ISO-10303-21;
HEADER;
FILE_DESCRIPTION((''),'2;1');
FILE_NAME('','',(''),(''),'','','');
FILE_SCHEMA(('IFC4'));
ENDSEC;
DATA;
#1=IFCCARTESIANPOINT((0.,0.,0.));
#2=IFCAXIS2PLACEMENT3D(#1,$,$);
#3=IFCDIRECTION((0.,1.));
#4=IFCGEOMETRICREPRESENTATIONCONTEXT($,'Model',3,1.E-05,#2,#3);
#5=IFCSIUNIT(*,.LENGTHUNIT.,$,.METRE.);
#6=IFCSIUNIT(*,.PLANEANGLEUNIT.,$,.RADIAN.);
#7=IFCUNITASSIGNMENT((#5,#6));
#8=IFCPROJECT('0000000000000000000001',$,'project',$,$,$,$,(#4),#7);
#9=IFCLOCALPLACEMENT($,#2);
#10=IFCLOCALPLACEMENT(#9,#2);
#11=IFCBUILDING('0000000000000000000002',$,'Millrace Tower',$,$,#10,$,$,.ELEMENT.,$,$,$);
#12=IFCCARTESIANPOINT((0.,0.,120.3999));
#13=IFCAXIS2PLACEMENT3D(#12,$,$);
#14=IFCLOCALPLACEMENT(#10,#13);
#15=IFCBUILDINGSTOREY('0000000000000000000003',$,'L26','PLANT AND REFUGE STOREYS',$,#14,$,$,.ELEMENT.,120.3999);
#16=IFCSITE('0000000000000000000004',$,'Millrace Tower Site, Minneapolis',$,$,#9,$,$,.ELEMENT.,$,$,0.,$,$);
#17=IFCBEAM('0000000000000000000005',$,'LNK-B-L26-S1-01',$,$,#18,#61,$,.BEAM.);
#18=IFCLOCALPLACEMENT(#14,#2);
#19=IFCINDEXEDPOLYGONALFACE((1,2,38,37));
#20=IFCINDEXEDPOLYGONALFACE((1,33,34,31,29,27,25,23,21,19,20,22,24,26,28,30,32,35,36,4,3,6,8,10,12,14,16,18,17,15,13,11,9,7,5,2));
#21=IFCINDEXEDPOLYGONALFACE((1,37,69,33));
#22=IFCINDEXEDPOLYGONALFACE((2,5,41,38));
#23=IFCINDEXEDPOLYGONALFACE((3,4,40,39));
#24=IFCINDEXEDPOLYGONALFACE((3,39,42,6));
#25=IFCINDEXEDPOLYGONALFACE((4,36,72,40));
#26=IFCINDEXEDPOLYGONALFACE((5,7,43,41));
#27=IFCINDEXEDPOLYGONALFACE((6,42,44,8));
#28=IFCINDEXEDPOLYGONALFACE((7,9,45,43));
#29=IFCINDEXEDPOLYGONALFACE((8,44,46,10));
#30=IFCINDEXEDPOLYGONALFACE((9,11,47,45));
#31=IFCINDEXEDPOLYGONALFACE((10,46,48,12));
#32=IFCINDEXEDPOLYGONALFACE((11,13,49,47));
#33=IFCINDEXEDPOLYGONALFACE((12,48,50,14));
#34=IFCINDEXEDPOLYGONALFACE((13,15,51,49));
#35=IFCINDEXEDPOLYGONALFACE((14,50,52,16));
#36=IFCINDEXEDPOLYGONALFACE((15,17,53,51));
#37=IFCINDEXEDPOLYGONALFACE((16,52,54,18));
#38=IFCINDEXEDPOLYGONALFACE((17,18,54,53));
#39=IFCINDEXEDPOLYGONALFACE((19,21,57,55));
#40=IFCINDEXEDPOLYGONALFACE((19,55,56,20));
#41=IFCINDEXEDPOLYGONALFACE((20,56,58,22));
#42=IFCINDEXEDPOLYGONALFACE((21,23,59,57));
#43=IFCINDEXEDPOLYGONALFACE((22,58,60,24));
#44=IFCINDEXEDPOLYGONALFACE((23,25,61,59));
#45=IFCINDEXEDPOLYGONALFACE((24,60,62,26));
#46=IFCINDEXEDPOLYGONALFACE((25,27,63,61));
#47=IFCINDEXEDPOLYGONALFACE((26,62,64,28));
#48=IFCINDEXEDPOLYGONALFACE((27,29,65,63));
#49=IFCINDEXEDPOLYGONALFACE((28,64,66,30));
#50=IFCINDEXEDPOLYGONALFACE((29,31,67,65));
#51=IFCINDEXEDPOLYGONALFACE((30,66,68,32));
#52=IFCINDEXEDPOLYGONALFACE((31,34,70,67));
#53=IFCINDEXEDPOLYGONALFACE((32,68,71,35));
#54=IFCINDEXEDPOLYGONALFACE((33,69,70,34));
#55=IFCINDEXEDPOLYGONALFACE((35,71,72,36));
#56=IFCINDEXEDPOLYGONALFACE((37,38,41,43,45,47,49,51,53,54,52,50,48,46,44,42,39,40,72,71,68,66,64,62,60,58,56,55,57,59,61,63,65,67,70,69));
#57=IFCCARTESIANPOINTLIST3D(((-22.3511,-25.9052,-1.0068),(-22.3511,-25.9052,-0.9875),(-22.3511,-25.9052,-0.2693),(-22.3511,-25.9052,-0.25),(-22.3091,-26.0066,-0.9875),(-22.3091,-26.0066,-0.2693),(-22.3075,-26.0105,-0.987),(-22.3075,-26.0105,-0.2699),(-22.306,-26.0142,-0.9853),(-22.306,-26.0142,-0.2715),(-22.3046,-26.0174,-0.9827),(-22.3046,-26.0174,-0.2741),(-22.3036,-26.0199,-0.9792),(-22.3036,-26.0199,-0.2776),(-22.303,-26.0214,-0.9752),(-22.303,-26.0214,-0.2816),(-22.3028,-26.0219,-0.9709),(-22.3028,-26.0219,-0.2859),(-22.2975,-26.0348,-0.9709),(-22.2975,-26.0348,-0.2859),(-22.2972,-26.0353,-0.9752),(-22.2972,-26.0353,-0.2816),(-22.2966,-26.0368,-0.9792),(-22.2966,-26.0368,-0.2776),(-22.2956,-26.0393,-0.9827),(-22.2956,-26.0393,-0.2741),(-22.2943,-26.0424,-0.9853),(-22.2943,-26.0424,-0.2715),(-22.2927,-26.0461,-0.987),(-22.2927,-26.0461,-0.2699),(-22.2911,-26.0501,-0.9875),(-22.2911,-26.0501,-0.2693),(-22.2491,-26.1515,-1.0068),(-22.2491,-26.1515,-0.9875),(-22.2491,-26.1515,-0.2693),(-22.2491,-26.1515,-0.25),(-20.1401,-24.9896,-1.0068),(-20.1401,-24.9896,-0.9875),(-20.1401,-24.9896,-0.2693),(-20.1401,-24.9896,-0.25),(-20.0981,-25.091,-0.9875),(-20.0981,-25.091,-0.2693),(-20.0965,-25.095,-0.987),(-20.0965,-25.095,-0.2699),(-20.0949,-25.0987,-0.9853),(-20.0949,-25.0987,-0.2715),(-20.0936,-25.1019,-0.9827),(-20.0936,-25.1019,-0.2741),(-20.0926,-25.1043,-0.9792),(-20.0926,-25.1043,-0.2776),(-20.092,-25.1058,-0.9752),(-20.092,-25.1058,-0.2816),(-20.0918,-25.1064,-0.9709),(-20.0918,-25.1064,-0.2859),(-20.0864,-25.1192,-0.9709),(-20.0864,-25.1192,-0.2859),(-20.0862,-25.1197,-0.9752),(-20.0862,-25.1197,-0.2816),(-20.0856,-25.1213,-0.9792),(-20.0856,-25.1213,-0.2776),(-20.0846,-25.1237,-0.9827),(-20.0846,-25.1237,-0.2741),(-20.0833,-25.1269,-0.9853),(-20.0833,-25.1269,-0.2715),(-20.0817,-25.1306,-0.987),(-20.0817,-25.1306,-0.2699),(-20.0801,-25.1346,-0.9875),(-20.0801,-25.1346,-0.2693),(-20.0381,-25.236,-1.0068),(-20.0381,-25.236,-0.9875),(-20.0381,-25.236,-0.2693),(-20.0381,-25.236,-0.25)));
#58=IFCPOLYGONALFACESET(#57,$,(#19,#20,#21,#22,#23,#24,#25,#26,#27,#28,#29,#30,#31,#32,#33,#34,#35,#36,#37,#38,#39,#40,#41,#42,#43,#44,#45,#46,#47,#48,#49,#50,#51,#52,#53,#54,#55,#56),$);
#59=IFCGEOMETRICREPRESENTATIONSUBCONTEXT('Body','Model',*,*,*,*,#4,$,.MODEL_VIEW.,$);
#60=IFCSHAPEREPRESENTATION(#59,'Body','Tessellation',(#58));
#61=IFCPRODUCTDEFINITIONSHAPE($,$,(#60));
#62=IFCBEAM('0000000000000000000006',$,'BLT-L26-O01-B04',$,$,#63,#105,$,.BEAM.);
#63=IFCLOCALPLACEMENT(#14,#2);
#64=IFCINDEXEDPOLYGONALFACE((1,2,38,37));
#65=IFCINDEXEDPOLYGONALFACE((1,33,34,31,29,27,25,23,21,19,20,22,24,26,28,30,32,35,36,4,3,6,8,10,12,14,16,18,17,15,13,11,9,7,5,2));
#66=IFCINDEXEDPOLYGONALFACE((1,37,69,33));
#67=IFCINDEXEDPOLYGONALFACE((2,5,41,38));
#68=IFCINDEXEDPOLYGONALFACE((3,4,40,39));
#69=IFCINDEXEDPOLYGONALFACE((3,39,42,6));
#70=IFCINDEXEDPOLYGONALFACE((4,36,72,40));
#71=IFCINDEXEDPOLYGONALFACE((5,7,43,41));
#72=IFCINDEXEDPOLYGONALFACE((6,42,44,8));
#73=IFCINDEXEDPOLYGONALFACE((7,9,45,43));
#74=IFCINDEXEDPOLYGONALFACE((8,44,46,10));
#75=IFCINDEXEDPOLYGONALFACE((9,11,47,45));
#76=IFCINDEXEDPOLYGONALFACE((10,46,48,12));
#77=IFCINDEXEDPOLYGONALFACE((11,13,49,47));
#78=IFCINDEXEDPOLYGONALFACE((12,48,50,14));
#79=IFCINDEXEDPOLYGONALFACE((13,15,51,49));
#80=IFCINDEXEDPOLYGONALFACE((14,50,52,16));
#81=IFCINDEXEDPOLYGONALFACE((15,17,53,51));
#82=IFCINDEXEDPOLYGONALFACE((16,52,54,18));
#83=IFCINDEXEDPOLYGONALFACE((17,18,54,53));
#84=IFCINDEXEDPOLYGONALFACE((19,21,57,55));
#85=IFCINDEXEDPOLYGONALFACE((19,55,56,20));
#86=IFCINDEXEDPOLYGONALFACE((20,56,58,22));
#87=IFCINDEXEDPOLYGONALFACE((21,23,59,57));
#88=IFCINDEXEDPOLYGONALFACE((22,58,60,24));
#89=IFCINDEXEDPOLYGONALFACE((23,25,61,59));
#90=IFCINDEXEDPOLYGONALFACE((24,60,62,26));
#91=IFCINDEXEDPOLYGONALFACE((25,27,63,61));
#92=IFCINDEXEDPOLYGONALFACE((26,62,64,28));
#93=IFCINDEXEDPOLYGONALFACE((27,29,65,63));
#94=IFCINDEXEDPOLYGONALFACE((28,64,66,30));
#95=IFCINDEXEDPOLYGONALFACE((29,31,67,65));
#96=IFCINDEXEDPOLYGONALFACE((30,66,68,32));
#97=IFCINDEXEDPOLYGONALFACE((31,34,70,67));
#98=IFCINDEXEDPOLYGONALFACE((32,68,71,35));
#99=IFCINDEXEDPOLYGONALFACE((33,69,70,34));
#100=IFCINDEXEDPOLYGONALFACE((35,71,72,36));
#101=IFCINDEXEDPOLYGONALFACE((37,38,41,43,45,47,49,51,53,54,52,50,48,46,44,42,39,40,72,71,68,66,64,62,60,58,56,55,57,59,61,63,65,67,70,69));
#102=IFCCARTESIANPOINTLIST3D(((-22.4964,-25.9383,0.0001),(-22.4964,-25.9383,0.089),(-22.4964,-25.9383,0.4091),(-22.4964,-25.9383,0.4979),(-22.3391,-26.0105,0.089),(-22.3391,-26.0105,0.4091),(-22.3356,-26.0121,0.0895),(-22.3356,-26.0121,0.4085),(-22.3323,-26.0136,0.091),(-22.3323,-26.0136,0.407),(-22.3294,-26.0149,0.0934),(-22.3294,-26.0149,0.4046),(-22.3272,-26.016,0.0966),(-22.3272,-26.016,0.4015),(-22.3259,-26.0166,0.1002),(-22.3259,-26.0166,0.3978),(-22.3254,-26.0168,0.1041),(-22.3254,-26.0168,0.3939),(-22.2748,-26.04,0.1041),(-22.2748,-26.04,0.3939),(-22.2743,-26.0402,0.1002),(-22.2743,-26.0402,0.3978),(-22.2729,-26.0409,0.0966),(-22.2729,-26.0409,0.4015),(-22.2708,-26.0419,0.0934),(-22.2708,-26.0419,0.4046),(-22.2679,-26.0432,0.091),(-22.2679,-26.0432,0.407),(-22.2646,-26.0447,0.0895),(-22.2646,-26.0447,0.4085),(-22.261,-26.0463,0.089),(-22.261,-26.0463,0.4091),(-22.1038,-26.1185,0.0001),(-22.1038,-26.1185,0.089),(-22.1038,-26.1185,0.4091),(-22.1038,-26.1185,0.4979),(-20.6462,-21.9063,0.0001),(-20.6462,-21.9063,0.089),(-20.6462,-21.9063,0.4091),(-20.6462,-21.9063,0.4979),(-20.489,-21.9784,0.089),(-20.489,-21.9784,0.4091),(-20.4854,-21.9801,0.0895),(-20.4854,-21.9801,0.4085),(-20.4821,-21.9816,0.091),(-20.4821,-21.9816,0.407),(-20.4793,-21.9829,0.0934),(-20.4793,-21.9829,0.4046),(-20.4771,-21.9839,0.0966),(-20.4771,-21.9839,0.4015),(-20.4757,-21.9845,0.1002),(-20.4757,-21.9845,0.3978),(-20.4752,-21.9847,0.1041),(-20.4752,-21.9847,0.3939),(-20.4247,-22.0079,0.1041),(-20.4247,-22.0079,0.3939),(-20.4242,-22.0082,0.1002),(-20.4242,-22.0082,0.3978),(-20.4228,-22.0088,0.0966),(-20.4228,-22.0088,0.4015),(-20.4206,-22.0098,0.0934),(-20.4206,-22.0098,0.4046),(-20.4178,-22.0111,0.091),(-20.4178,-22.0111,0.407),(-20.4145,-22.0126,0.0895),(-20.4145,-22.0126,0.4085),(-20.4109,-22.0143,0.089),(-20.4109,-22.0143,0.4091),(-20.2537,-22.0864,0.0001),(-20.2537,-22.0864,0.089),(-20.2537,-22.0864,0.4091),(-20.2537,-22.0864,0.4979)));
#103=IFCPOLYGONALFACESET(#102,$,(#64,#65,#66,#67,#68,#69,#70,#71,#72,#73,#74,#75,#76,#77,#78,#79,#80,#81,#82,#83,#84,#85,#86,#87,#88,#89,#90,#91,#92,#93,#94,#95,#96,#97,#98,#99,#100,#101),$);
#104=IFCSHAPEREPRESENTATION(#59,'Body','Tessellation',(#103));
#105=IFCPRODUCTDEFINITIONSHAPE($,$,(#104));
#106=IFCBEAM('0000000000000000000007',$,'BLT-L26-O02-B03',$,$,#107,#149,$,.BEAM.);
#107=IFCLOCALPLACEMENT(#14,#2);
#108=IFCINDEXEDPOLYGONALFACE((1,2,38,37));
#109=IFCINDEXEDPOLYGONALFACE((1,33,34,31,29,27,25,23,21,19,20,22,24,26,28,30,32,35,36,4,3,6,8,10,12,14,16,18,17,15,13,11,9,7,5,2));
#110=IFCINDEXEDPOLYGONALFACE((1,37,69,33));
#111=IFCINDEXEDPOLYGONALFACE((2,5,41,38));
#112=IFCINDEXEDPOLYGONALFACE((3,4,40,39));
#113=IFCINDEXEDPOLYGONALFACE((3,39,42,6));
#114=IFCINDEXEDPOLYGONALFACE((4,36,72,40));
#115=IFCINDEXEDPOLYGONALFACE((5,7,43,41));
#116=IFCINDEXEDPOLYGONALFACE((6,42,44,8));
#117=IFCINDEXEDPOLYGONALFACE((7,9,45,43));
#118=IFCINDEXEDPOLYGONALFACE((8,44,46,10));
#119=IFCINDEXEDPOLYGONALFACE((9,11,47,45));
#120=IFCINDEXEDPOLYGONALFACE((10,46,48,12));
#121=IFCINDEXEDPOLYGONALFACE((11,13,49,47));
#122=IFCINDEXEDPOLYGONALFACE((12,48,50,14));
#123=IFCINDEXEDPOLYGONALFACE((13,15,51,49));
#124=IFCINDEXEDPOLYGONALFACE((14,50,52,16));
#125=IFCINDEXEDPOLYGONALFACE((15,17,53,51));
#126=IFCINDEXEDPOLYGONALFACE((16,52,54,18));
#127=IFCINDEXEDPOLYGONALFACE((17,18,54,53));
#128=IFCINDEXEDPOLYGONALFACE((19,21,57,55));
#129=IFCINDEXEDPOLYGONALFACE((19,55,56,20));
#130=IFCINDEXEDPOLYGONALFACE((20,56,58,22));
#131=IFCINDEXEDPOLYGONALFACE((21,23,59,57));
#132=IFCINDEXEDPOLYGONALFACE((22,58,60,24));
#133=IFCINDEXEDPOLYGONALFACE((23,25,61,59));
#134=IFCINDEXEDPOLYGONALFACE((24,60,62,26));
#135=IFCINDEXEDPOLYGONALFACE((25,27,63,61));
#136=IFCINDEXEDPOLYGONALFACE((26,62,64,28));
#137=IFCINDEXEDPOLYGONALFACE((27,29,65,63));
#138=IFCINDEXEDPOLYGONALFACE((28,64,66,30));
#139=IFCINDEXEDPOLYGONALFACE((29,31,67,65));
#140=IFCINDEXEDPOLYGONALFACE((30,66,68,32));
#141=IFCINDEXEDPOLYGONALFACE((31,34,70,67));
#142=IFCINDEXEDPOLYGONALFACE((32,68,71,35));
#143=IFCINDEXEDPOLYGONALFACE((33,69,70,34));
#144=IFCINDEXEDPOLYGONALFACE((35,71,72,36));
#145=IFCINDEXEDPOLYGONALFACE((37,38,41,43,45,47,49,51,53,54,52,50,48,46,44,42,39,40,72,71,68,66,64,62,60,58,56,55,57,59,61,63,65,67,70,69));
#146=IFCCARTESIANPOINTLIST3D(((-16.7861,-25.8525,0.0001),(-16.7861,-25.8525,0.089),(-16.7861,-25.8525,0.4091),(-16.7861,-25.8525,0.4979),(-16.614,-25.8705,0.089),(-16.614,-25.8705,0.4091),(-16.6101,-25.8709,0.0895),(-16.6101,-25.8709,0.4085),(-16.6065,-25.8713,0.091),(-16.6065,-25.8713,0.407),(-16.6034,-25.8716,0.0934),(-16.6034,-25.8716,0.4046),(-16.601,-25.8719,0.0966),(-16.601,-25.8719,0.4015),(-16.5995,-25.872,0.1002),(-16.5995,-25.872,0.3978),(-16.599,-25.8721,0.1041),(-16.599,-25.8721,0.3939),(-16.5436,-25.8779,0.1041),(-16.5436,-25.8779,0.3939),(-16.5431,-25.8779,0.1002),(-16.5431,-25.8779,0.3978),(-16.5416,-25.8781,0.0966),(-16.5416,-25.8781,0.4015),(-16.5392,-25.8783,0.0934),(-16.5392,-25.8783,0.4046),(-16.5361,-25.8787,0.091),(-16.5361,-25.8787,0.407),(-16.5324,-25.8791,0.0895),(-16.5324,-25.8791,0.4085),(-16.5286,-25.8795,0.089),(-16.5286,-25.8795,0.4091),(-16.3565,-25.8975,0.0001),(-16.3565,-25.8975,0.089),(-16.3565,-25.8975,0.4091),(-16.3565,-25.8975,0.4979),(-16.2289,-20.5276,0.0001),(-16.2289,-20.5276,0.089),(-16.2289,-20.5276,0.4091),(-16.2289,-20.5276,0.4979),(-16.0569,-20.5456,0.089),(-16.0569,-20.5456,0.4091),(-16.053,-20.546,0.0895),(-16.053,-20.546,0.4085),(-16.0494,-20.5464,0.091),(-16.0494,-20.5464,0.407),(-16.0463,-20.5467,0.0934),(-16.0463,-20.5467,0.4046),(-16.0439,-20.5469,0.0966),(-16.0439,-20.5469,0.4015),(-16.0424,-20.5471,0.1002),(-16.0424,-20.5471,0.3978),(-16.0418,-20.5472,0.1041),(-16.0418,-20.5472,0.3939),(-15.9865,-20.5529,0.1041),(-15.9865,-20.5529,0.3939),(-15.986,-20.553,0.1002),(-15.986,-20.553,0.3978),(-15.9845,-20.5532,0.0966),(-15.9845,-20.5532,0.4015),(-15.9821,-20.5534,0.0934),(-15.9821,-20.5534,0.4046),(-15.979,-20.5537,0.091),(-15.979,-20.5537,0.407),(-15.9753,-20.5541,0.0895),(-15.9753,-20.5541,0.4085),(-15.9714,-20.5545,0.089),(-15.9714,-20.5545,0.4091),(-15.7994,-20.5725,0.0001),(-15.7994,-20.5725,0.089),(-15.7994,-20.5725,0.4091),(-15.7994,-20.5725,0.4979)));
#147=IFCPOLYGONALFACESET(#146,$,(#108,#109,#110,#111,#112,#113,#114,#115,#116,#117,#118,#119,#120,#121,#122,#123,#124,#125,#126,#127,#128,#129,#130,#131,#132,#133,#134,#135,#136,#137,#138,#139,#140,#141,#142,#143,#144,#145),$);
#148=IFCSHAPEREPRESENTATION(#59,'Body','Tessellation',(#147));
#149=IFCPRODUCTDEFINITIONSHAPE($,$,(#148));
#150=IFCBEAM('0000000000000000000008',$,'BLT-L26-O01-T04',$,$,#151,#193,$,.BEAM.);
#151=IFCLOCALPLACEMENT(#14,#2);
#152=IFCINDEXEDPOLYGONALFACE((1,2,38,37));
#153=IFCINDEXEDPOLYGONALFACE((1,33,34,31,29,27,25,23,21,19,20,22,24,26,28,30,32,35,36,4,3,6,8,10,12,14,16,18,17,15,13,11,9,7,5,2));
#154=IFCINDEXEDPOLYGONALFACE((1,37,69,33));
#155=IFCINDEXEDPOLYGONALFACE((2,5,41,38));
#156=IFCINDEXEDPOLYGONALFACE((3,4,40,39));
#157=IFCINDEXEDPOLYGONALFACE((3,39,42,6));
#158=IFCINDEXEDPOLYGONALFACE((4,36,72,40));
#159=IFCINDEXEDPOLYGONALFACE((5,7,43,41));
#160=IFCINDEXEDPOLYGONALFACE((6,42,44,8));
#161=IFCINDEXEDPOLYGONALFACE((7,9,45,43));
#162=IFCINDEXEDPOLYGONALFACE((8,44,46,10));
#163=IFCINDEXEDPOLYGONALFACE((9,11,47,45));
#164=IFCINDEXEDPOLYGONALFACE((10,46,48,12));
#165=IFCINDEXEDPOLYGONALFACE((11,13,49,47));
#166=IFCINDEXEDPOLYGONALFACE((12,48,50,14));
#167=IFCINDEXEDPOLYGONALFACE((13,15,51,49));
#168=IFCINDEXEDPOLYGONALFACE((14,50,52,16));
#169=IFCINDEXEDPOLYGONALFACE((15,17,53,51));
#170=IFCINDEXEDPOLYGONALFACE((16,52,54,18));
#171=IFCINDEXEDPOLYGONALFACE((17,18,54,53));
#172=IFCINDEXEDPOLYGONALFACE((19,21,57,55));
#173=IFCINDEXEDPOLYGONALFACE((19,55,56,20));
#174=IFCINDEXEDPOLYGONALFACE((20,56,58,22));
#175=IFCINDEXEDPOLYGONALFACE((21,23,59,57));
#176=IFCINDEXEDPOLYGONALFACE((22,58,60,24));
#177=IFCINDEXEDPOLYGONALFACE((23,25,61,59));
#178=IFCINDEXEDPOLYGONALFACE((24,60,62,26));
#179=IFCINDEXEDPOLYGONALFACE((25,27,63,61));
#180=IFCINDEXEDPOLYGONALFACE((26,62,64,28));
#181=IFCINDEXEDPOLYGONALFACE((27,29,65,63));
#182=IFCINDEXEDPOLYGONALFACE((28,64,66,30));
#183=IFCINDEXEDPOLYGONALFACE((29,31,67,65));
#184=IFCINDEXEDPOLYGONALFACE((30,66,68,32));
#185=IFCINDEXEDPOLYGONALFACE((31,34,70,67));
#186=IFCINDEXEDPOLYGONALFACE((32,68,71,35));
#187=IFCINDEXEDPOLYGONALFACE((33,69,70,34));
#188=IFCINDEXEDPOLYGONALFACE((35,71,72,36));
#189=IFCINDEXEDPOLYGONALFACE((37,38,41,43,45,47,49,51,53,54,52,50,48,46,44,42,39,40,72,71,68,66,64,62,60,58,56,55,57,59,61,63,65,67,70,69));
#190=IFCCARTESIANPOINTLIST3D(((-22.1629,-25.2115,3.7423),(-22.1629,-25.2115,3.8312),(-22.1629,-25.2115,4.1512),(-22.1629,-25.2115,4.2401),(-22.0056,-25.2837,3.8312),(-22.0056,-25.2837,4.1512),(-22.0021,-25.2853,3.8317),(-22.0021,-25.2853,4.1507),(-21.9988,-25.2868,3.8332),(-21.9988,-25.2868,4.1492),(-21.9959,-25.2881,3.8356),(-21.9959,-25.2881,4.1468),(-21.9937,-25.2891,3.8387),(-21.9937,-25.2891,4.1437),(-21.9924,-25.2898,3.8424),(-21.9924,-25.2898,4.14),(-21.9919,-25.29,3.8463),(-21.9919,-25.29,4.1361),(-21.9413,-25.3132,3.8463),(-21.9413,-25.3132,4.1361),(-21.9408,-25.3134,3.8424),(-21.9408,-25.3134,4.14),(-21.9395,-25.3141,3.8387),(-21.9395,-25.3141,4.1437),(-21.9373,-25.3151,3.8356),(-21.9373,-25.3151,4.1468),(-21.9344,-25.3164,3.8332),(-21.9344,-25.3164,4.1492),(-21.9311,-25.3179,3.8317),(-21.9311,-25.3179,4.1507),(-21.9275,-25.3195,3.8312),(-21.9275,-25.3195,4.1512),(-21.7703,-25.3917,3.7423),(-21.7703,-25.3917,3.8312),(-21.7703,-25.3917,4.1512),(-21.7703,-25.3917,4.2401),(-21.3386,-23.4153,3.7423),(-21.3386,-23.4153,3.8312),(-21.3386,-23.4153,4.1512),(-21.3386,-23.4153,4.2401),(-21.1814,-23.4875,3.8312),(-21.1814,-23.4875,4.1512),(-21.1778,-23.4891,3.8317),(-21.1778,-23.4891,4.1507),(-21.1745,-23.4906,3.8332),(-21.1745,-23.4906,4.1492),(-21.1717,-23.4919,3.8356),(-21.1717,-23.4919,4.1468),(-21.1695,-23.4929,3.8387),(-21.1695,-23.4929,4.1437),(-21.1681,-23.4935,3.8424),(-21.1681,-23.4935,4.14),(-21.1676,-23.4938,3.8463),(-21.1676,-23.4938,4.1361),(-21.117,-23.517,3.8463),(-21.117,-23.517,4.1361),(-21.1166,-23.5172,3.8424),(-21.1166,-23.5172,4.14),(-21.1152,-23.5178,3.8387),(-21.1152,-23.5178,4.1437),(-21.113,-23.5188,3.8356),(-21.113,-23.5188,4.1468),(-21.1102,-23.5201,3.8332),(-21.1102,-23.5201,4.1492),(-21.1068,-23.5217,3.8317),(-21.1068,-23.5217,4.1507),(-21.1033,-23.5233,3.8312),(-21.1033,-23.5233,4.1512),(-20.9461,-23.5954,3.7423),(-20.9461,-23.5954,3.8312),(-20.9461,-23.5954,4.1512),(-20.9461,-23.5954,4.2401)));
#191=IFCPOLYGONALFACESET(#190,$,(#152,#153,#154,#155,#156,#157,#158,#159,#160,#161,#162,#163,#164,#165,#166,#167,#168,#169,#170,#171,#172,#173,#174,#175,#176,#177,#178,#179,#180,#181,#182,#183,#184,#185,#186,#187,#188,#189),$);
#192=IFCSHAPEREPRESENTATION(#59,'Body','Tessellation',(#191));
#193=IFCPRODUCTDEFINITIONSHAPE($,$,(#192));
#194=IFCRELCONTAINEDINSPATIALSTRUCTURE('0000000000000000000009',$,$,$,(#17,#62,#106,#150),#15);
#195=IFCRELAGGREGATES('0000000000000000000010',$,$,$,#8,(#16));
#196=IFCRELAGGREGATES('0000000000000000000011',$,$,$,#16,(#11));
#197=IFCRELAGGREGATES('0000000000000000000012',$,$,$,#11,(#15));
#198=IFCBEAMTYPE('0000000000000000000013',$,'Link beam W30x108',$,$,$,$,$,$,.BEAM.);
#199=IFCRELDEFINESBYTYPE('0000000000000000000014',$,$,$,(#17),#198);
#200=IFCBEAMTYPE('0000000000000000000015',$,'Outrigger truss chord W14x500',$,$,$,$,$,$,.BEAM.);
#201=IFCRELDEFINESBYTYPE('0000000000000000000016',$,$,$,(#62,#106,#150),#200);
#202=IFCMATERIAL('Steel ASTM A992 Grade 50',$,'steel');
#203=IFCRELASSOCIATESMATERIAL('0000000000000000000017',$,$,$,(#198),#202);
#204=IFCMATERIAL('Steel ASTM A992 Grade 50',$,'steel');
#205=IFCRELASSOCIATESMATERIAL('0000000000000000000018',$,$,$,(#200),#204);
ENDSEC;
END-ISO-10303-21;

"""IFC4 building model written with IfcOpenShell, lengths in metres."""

from ifc_helpers import new_model, si_unit, direction, frame, origin, origin_2d, place, context, subcontext, project, spatial, i_section, extrude, material, material_profile, profile_set, type_object, element, save


model = new_model("IFC4")

# Units and contexts
model_context = context("Model", 3, precision=1e-05, world=origin(), true_north=direction((0.0, 1.0)))
body_context = subcontext(model_context, "Body", "Model", "MODEL_VIEW")
ifc_project = project(units=[si_unit("LENGTHUNIT", "METRE"), si_unit("PLANEANGLEUNIT", "RADIAN")], contexts=[model_context])

# Site, building, storey
site_placement = place(None, origin())
site = spatial("IfcSite", under=ifc_project, at=site_placement, Name="Millrace Tower Site, Minneapolis", CompositionType="ELEMENT", RefElevation=0.0)
building_placement = place(site_placement, origin())
building = spatial("IfcBuilding", under=site, at=building_placement, Name="Millrace Tower", CompositionType="ELEMENT")
storey_placement = place(building_placement, frame((0.0, 0.0, 120.3999)))
storey = spatial("IfcBuildingStorey", under=building, at=storey_placement, Name="L26", Description="PLANT AND REFUGE STOREYS", CompositionType="ELEMENT", Elevation=120.3999)

# Beams
ifc_material_1 = material(Name="Steel ASTM A992 Grade 50", Category="steel")
ifc_material_profile_1 = material_profile(ifc_material_1, i_section(OverallWidth=0.2666, OverallDepth=0.7568, WebThickness=0.0139, FlangeThickness=0.0193, FilletRadius=0.0166, at=origin_2d()))
ifc_profile_set_1 = profile_set([ifc_material_profile_1], Name="Steel ASTM A992 Grade 50")
beam_type_1 = type_object("IfcBeamType", Name="Link beam W30x108", PredefinedType="BEAM", material=ifc_profile_set_1)
beam_1_placement = place(storey_placement, frame((-20.0891, -25.1128, -0.6284), z_axis=(-0.92392, -0.382586, 0.0), x_axis=(0.382586, -0.92392, 0.0)))
element("IfcBeam", 1, at=beam_1_placement, inside=storey, type_object=beam_type_1, Name="LNK-B-L26-S1-01", PredefinedType="BEAM", context=body_context, shape_type="SweptSolid", body=[
    extrude(i_section(OverallWidth=0.2666, OverallDepth=0.7568, WebThickness=0.0139, FlangeThickness=0.0193, FilletRadius=0.0166, at=origin_2d()), origin(), (0.0, 0.0, 1.0), 2.3931),
])
ifc_material_2 = material(Name="Steel ASTM A992 Grade 50", Category="steel")
ifc_material_profile_2 = material_profile(ifc_material_2, i_section(OverallWidth=0.4319, OverallDepth=0.4978, WebThickness=0.0557, FlangeThickness=0.0889, FilletRadius=0.0151, at=origin_2d()))
ifc_profile_set_2 = profile_set([ifc_material_profile_2], Name="Steel ASTM A992 Grade 50")
beam_type_2 = type_object("IfcBeamType", Name="Outrigger truss chord W14x500", PredefinedType="BEAM", material=ifc_profile_set_2)
beam_2_placement = place(storey_placement, frame((-20.45, -21.9963, 0.249), z_axis=(-0.417047, -0.908885, 0.0), x_axis=(0.908885, -0.417047, 0.0)))
element("IfcBeam", 2, at=beam_2_placement, inside=storey, type_object=beam_type_2, Name="BLT-L26-O01-B04", PredefinedType="BEAM", context=body_context, shape_type="SweptSolid", body=[
    extrude(i_section(OverallWidth=0.4319, OverallDepth=0.4978, WebThickness=0.0557, FlangeThickness=0.0889, FilletRadius=0.0151, at=origin_2d()), origin(), (0.0, 0.0, 1.0), 4.4363),
])
beam_3_placement = place(storey_placement, frame((-16.0142, -20.55, 0.249), z_axis=(-0.104058, -0.994571, 0.0), x_axis=(0.994571, -0.104058, 0.0)))
element("IfcBeam", 3, at=beam_3_placement, inside=storey, type_object=beam_type_2, Name="BLT-L26-O02-B03", PredefinedType="BEAM", context=body_context, shape_type="SweptSolid", body=[
    extrude(i_section(OverallWidth=0.4319, OverallDepth=0.4978, WebThickness=0.0557, FlangeThickness=0.0889, FilletRadius=0.0151, at=origin_2d()), origin(), (0.0, 0.0, 1.0), 5.354),
])
beam_4_placement = place(storey_placement, frame((-21.1423, -23.5054, 3.9912), z_axis=(-0.417067, -0.908876, 0.0), x_axis=(0.908876, -0.417067, 0.0)))
element("IfcBeam", 4, at=beam_4_placement, inside=storey, type_object=beam_type_2, Name="BLT-L26-O01-T04", PredefinedType="BEAM", context=body_context, shape_type="SweptSolid", body=[
    extrude(i_section(OverallWidth=0.4319, OverallDepth=0.4978, WebThickness=0.0557, FlangeThickness=0.0889, FilletRadius=0.0151, at=origin_2d()), origin(), (0.0, 0.0, 1.0), 1.9763),
])

save(model, "model.ifc")
